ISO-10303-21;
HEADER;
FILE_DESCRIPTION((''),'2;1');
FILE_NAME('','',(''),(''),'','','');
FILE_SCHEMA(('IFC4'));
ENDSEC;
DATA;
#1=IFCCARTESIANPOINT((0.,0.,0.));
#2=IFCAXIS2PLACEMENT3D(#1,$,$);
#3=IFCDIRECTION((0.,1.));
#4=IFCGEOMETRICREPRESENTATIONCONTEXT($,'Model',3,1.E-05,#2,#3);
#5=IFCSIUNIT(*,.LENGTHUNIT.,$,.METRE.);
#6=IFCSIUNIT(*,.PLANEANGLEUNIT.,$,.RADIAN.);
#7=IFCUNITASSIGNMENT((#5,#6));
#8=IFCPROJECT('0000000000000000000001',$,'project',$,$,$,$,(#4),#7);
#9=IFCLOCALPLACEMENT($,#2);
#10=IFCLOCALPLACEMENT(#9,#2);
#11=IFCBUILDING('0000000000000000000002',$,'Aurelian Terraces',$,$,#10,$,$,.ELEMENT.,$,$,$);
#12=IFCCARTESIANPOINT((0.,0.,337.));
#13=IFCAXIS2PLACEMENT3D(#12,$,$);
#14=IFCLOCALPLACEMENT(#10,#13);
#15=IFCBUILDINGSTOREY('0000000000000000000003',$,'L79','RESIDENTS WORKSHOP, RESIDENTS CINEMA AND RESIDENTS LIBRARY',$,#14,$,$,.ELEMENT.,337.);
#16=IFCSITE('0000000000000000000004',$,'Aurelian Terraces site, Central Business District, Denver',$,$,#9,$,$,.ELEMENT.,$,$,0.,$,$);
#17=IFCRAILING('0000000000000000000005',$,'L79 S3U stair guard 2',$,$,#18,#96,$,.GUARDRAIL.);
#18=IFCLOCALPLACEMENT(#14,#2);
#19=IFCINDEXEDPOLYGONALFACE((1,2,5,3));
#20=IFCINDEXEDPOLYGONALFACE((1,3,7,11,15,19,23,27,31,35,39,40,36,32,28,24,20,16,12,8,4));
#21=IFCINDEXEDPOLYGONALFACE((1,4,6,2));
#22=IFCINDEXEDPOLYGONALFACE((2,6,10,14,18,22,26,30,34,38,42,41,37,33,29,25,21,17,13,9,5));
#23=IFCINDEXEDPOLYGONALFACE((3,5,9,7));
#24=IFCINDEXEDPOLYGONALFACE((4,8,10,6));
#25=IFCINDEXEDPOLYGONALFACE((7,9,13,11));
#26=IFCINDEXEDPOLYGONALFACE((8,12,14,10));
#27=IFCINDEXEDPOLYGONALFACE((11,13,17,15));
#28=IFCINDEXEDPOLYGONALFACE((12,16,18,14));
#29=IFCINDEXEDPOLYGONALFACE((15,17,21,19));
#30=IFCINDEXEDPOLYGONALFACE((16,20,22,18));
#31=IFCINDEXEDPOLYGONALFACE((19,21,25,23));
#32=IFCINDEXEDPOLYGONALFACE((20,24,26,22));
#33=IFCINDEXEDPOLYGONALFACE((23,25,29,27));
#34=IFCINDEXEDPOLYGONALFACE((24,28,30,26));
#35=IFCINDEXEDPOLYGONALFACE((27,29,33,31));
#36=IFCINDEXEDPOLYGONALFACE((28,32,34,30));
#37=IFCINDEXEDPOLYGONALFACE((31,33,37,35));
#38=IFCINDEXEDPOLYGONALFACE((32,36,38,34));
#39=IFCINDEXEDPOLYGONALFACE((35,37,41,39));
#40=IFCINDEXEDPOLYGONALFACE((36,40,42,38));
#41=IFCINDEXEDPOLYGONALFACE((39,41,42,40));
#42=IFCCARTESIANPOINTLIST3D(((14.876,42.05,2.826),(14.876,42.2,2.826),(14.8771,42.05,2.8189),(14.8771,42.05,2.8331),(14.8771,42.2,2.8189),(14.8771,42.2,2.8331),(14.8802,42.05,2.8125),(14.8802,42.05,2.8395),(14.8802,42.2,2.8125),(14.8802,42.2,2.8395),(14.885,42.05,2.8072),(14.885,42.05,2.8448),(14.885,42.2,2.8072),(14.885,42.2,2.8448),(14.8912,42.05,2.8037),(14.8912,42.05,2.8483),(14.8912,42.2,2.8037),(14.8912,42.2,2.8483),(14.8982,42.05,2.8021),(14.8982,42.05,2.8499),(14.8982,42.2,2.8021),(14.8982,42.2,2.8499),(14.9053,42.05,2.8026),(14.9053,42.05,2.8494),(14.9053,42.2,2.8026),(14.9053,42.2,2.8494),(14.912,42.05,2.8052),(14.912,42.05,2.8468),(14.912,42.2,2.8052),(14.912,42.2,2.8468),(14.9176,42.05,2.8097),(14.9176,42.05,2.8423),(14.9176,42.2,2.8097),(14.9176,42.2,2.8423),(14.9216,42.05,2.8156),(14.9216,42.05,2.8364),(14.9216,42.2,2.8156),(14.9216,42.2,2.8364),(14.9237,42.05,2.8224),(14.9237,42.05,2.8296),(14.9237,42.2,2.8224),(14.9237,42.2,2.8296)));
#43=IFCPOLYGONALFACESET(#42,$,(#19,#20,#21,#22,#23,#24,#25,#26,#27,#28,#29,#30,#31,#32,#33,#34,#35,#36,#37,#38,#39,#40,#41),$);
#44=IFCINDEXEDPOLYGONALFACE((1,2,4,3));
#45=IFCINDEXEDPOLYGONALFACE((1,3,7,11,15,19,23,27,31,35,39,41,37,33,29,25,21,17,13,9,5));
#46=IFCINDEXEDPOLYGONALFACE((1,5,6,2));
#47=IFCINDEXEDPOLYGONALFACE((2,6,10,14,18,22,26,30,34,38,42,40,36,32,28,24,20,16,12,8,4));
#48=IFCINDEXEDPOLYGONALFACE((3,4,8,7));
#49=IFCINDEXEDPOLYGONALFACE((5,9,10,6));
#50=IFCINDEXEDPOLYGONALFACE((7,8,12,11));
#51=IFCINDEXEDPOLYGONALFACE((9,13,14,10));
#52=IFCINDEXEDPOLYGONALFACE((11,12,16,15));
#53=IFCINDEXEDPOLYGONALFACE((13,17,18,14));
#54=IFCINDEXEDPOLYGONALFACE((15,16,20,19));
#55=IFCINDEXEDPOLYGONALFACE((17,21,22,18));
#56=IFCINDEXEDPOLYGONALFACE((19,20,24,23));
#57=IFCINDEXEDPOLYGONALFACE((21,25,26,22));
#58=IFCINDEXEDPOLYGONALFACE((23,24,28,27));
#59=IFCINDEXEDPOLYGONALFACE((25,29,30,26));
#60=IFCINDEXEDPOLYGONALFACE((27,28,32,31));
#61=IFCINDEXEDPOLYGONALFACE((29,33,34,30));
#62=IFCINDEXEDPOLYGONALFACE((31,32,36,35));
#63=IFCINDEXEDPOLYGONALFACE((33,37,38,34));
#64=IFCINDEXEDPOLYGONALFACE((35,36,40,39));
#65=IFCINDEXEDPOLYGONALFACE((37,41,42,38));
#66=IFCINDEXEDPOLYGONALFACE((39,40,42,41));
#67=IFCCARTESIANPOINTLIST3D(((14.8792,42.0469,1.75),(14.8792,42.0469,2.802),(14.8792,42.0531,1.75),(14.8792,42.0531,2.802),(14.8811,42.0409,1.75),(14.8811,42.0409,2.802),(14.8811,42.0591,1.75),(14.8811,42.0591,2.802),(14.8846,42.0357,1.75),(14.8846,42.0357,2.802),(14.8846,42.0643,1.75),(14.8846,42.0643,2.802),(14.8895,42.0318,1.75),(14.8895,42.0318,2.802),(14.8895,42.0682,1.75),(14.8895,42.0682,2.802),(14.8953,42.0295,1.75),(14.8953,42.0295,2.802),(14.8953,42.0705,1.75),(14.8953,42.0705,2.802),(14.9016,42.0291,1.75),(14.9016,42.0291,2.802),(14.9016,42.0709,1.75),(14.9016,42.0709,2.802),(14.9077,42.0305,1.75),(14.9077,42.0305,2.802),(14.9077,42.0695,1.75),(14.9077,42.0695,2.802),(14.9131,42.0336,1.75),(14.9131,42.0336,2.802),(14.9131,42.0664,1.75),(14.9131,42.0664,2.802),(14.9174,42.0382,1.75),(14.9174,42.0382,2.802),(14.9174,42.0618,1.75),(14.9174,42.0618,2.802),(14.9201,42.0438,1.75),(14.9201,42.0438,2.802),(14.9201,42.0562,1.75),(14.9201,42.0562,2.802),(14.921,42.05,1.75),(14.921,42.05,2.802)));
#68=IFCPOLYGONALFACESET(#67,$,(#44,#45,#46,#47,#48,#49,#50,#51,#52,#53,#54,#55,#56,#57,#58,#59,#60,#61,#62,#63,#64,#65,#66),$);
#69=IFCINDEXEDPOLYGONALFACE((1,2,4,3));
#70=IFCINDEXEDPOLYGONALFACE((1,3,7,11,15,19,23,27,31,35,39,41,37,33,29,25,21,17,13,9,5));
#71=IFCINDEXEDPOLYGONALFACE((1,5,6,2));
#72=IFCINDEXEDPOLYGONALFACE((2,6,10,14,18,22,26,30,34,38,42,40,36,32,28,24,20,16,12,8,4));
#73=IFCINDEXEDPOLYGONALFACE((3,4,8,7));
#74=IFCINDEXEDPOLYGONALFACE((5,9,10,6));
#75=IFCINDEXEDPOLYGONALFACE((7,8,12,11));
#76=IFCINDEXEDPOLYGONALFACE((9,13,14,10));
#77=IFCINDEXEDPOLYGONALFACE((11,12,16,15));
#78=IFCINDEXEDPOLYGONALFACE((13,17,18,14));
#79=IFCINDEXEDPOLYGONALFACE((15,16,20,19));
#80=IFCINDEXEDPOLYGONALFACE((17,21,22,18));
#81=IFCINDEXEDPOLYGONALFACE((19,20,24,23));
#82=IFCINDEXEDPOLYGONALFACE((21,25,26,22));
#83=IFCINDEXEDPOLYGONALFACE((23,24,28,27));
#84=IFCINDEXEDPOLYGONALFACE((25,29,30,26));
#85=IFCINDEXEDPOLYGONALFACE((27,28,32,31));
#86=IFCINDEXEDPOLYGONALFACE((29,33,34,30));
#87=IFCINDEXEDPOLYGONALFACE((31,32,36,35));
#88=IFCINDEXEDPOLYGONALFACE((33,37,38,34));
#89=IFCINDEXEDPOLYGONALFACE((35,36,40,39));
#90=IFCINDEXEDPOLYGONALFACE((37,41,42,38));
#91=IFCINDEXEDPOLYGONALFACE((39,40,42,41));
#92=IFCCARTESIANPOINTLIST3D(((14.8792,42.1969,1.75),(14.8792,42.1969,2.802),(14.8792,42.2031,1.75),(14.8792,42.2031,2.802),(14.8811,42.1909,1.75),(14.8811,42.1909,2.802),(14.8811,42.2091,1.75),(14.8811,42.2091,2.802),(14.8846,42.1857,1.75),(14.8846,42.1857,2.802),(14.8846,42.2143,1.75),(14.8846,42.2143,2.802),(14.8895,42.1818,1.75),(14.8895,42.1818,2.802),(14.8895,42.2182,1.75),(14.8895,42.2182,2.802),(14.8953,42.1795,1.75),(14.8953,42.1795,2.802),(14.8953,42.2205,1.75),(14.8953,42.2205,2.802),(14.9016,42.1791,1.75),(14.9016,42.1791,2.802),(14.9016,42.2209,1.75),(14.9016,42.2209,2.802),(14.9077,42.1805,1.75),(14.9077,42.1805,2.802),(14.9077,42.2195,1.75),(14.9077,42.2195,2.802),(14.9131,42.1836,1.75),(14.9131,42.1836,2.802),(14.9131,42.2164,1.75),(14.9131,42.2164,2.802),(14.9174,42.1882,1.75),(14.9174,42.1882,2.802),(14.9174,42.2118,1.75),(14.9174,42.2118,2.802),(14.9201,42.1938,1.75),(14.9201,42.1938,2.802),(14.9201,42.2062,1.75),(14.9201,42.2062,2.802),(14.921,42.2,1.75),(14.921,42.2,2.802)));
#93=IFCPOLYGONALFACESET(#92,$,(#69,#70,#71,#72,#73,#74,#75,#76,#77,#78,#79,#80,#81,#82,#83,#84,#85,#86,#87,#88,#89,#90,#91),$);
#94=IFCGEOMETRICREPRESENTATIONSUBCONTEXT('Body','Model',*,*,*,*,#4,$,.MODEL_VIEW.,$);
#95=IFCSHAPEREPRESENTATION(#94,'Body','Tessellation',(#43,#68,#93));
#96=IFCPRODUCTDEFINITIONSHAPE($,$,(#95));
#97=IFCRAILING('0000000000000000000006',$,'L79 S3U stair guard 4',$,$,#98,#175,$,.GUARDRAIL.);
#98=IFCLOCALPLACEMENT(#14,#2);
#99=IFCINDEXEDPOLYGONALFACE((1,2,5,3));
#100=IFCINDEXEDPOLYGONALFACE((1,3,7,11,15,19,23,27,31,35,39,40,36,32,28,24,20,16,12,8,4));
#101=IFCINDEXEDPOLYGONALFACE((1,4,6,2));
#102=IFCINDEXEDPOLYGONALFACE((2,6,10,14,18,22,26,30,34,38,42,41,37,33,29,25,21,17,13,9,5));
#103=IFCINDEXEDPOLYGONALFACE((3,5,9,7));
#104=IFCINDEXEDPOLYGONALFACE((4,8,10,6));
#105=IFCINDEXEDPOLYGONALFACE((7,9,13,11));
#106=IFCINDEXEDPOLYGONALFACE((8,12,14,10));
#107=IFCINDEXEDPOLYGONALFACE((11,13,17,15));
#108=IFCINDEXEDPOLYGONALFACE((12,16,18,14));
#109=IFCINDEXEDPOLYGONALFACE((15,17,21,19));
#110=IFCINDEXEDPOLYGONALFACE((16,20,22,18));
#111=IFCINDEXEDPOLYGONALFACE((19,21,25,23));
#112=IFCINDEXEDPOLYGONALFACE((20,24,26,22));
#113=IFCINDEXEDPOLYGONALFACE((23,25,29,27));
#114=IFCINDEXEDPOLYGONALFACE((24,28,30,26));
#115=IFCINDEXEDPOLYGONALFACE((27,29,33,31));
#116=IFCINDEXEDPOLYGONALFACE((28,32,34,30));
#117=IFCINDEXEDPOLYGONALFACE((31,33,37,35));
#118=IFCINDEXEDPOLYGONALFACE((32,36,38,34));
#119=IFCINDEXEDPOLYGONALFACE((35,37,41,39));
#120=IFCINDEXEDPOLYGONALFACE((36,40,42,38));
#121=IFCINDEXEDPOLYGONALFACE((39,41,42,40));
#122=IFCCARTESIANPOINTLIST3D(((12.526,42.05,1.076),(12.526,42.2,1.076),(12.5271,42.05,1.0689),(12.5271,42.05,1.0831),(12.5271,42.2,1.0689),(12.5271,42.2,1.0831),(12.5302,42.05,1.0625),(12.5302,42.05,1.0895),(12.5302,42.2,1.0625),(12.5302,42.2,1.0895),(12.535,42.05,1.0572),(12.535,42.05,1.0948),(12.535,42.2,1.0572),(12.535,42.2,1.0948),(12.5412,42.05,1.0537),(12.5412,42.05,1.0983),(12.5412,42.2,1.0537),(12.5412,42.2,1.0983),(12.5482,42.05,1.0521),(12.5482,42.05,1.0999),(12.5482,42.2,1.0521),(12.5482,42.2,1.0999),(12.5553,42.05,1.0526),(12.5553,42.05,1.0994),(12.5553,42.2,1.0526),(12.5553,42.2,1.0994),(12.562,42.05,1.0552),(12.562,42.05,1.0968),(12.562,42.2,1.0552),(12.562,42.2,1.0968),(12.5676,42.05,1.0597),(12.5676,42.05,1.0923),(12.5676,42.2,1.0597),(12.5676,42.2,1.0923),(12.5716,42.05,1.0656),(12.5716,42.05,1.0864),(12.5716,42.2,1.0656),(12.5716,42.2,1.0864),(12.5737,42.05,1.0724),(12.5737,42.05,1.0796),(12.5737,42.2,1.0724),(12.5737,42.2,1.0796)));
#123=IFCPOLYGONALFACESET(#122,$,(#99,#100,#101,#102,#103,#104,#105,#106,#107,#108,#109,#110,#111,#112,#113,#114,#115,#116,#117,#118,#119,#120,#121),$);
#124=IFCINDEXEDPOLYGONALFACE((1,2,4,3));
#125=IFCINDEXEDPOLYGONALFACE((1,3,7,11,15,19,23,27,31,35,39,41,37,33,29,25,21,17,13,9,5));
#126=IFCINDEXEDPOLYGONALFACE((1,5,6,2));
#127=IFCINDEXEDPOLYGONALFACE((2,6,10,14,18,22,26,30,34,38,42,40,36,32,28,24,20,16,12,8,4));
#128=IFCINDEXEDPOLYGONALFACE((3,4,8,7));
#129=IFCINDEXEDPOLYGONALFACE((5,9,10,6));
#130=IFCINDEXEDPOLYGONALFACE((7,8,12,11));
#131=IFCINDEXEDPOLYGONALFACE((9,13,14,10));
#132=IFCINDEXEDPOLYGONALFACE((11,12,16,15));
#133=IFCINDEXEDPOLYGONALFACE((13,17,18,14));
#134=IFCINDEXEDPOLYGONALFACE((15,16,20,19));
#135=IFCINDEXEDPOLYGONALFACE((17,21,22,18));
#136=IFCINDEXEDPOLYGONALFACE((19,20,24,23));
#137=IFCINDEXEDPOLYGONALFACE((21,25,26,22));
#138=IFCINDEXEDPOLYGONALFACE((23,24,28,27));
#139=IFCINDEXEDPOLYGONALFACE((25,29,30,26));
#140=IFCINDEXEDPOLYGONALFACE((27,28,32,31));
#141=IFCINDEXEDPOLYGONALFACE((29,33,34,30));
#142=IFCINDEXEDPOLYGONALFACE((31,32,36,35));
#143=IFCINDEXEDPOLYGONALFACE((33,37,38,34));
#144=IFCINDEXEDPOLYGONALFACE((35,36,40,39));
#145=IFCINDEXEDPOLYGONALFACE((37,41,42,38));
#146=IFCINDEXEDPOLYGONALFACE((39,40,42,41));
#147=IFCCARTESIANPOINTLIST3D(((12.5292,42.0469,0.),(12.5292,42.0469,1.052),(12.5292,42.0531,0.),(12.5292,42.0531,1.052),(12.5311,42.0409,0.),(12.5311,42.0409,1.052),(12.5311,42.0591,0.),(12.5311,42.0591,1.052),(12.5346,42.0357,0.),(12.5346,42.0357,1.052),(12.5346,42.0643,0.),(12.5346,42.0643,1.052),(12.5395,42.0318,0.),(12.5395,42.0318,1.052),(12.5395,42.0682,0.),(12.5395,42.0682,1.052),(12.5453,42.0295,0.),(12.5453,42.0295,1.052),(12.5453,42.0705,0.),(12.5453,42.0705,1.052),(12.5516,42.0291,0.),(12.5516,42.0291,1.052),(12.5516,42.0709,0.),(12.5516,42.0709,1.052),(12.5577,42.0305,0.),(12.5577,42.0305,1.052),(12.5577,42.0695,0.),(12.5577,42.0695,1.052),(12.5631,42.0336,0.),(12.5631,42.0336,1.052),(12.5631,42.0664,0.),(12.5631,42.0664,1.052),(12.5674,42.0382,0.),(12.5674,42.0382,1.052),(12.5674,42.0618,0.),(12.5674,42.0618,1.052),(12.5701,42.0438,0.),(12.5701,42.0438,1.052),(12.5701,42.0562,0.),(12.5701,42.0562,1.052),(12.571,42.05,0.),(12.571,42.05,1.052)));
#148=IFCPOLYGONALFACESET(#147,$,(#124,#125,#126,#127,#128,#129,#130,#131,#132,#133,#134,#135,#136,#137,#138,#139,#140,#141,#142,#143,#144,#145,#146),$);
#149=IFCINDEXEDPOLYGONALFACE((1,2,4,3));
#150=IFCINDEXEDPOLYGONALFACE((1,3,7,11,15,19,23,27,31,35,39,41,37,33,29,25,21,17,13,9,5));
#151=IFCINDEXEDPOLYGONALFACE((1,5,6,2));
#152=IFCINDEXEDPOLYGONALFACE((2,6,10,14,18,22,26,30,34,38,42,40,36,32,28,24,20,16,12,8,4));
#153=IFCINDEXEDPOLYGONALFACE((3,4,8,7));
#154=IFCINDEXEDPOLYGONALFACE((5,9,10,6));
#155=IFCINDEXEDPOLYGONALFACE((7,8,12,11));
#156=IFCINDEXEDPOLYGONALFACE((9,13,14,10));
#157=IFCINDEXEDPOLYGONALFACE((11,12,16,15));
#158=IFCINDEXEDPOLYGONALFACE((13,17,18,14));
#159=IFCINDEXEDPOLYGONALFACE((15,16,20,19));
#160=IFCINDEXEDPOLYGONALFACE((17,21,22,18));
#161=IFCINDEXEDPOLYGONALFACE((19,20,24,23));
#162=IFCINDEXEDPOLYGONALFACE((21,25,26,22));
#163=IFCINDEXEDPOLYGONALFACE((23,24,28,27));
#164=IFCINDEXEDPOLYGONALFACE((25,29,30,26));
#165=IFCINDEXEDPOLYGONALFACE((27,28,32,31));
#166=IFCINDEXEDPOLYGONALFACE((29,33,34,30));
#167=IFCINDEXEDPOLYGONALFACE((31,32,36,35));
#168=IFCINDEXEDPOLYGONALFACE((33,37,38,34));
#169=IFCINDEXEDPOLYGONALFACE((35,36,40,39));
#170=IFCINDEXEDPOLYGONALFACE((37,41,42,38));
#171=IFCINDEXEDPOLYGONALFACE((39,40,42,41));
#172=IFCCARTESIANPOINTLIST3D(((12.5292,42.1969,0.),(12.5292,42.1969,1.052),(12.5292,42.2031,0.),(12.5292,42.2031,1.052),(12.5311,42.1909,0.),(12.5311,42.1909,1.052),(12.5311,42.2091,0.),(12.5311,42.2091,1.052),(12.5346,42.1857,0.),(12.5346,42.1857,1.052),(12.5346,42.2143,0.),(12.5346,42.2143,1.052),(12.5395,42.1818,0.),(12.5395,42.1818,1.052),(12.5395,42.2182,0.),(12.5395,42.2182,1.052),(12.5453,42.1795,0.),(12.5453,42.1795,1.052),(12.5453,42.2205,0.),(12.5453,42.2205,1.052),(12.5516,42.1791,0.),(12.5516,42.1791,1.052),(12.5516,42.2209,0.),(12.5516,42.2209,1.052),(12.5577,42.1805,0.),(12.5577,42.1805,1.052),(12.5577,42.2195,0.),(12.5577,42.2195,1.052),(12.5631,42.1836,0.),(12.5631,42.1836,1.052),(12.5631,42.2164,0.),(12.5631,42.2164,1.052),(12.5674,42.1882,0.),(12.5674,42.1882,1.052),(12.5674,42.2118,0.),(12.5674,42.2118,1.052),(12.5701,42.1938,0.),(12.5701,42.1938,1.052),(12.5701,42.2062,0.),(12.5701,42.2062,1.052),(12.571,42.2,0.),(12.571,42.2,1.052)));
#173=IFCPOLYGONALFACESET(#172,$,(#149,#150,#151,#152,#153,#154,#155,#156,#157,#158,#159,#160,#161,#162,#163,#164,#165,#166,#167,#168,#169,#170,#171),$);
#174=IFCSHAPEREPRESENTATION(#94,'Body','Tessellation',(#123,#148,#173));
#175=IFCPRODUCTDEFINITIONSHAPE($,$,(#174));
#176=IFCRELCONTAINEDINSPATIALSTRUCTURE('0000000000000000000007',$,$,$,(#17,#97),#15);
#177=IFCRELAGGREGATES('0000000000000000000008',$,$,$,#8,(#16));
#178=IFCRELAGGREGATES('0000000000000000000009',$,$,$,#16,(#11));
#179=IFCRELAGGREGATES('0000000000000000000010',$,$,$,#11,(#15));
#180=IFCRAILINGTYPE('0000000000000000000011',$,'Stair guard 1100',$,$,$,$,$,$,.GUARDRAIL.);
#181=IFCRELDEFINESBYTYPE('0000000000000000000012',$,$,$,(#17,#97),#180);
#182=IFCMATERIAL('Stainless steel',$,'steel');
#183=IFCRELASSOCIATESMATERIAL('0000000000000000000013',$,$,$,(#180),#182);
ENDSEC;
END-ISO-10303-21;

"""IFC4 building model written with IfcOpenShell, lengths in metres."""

from ifc_helpers import new_model, si_unit, direction, frame, origin, origin_2d, place, context, subcontext, project, spatial, circle, extrude, source, transform, mapped, material, type_object, element, save


model = new_model("IFC4")

# Units and contexts
model_context = context("Model", 3, precision=1e-05, world=origin(), true_north=direction((0.0, 1.0)))
body_context = subcontext(model_context, "Body", "Model", "MODEL_VIEW")
ifc_project = project(units=[si_unit("LENGTHUNIT", "METRE"), si_unit("PLANEANGLEUNIT", "RADIAN")], contexts=[model_context])

# Site, building, storey
site_placement = place(None, origin())
site = spatial("IfcSite", under=ifc_project, at=site_placement, Name="Aurelian Terraces site, Central Business District, Denver", CompositionType="ELEMENT", RefElevation=0.0)
building_placement = place(site_placement, origin())
building = spatial("IfcBuilding", under=site, at=building_placement, Name="Aurelian Terraces", CompositionType="ELEMENT")
storey_placement = place(building_placement, frame((0.0, 0.0, 337.0)))
storey = spatial("IfcBuildingStorey", under=building, at=storey_placement, Name="L79", Description="RESIDENTS WORKSHOP, RESIDENTS CINEMA AND RESIDENTS LIBRARY", CompositionType="ELEMENT", Elevation=337.0)

# Railings
ifc_material_1 = material(Name="Stainless steel", Category="steel")
railing_type_1 = type_object("IfcRailingType", Name="Stair guard 1100", PredefinedType="GUARDRAIL", material=ifc_material_1)
shared_shape_1 = source(origin(), body_context, "Body", "SweptSolid", [
    extrude(circle(Radius=0.024, at=origin_2d()), frame((0.0, 0.0, 1.076), z_axis=(0.0, 1.0, 0.0), x_axis=(-1.0, 0.0, 0.0)), (0.0, 0.0, 1.0), 0.15),
    extrude(circle(Radius=0.021, at=origin_2d()), origin(), (0.0, 0.0, 1.0), 1.052),
    extrude(circle(Radius=0.021, at=origin_2d()), frame((0.0, 0.15, 0.0)), (0.0, 0.0, 1.0), 1.052),
])
for number, where, name in (
    (1, (14.9, 42.05, 1.75), "L79 S3U stair guard 2"),
    (2, (12.55, 42.05, 0.0), "L79 S3U stair guard 4"),
):
    element("IfcRailing", number, at=place(storey_placement, frame(where)), inside=storey, type_object=railing_type_1, Name=name, PredefinedType="GUARDRAIL", context=body_context, shape_type="MappedRepresentation", body=[
        mapped(shared_shape_1, transform((0.0, 0.0, 0.0), scale=1.0)),
    ])

save(model, "model.ifc")
